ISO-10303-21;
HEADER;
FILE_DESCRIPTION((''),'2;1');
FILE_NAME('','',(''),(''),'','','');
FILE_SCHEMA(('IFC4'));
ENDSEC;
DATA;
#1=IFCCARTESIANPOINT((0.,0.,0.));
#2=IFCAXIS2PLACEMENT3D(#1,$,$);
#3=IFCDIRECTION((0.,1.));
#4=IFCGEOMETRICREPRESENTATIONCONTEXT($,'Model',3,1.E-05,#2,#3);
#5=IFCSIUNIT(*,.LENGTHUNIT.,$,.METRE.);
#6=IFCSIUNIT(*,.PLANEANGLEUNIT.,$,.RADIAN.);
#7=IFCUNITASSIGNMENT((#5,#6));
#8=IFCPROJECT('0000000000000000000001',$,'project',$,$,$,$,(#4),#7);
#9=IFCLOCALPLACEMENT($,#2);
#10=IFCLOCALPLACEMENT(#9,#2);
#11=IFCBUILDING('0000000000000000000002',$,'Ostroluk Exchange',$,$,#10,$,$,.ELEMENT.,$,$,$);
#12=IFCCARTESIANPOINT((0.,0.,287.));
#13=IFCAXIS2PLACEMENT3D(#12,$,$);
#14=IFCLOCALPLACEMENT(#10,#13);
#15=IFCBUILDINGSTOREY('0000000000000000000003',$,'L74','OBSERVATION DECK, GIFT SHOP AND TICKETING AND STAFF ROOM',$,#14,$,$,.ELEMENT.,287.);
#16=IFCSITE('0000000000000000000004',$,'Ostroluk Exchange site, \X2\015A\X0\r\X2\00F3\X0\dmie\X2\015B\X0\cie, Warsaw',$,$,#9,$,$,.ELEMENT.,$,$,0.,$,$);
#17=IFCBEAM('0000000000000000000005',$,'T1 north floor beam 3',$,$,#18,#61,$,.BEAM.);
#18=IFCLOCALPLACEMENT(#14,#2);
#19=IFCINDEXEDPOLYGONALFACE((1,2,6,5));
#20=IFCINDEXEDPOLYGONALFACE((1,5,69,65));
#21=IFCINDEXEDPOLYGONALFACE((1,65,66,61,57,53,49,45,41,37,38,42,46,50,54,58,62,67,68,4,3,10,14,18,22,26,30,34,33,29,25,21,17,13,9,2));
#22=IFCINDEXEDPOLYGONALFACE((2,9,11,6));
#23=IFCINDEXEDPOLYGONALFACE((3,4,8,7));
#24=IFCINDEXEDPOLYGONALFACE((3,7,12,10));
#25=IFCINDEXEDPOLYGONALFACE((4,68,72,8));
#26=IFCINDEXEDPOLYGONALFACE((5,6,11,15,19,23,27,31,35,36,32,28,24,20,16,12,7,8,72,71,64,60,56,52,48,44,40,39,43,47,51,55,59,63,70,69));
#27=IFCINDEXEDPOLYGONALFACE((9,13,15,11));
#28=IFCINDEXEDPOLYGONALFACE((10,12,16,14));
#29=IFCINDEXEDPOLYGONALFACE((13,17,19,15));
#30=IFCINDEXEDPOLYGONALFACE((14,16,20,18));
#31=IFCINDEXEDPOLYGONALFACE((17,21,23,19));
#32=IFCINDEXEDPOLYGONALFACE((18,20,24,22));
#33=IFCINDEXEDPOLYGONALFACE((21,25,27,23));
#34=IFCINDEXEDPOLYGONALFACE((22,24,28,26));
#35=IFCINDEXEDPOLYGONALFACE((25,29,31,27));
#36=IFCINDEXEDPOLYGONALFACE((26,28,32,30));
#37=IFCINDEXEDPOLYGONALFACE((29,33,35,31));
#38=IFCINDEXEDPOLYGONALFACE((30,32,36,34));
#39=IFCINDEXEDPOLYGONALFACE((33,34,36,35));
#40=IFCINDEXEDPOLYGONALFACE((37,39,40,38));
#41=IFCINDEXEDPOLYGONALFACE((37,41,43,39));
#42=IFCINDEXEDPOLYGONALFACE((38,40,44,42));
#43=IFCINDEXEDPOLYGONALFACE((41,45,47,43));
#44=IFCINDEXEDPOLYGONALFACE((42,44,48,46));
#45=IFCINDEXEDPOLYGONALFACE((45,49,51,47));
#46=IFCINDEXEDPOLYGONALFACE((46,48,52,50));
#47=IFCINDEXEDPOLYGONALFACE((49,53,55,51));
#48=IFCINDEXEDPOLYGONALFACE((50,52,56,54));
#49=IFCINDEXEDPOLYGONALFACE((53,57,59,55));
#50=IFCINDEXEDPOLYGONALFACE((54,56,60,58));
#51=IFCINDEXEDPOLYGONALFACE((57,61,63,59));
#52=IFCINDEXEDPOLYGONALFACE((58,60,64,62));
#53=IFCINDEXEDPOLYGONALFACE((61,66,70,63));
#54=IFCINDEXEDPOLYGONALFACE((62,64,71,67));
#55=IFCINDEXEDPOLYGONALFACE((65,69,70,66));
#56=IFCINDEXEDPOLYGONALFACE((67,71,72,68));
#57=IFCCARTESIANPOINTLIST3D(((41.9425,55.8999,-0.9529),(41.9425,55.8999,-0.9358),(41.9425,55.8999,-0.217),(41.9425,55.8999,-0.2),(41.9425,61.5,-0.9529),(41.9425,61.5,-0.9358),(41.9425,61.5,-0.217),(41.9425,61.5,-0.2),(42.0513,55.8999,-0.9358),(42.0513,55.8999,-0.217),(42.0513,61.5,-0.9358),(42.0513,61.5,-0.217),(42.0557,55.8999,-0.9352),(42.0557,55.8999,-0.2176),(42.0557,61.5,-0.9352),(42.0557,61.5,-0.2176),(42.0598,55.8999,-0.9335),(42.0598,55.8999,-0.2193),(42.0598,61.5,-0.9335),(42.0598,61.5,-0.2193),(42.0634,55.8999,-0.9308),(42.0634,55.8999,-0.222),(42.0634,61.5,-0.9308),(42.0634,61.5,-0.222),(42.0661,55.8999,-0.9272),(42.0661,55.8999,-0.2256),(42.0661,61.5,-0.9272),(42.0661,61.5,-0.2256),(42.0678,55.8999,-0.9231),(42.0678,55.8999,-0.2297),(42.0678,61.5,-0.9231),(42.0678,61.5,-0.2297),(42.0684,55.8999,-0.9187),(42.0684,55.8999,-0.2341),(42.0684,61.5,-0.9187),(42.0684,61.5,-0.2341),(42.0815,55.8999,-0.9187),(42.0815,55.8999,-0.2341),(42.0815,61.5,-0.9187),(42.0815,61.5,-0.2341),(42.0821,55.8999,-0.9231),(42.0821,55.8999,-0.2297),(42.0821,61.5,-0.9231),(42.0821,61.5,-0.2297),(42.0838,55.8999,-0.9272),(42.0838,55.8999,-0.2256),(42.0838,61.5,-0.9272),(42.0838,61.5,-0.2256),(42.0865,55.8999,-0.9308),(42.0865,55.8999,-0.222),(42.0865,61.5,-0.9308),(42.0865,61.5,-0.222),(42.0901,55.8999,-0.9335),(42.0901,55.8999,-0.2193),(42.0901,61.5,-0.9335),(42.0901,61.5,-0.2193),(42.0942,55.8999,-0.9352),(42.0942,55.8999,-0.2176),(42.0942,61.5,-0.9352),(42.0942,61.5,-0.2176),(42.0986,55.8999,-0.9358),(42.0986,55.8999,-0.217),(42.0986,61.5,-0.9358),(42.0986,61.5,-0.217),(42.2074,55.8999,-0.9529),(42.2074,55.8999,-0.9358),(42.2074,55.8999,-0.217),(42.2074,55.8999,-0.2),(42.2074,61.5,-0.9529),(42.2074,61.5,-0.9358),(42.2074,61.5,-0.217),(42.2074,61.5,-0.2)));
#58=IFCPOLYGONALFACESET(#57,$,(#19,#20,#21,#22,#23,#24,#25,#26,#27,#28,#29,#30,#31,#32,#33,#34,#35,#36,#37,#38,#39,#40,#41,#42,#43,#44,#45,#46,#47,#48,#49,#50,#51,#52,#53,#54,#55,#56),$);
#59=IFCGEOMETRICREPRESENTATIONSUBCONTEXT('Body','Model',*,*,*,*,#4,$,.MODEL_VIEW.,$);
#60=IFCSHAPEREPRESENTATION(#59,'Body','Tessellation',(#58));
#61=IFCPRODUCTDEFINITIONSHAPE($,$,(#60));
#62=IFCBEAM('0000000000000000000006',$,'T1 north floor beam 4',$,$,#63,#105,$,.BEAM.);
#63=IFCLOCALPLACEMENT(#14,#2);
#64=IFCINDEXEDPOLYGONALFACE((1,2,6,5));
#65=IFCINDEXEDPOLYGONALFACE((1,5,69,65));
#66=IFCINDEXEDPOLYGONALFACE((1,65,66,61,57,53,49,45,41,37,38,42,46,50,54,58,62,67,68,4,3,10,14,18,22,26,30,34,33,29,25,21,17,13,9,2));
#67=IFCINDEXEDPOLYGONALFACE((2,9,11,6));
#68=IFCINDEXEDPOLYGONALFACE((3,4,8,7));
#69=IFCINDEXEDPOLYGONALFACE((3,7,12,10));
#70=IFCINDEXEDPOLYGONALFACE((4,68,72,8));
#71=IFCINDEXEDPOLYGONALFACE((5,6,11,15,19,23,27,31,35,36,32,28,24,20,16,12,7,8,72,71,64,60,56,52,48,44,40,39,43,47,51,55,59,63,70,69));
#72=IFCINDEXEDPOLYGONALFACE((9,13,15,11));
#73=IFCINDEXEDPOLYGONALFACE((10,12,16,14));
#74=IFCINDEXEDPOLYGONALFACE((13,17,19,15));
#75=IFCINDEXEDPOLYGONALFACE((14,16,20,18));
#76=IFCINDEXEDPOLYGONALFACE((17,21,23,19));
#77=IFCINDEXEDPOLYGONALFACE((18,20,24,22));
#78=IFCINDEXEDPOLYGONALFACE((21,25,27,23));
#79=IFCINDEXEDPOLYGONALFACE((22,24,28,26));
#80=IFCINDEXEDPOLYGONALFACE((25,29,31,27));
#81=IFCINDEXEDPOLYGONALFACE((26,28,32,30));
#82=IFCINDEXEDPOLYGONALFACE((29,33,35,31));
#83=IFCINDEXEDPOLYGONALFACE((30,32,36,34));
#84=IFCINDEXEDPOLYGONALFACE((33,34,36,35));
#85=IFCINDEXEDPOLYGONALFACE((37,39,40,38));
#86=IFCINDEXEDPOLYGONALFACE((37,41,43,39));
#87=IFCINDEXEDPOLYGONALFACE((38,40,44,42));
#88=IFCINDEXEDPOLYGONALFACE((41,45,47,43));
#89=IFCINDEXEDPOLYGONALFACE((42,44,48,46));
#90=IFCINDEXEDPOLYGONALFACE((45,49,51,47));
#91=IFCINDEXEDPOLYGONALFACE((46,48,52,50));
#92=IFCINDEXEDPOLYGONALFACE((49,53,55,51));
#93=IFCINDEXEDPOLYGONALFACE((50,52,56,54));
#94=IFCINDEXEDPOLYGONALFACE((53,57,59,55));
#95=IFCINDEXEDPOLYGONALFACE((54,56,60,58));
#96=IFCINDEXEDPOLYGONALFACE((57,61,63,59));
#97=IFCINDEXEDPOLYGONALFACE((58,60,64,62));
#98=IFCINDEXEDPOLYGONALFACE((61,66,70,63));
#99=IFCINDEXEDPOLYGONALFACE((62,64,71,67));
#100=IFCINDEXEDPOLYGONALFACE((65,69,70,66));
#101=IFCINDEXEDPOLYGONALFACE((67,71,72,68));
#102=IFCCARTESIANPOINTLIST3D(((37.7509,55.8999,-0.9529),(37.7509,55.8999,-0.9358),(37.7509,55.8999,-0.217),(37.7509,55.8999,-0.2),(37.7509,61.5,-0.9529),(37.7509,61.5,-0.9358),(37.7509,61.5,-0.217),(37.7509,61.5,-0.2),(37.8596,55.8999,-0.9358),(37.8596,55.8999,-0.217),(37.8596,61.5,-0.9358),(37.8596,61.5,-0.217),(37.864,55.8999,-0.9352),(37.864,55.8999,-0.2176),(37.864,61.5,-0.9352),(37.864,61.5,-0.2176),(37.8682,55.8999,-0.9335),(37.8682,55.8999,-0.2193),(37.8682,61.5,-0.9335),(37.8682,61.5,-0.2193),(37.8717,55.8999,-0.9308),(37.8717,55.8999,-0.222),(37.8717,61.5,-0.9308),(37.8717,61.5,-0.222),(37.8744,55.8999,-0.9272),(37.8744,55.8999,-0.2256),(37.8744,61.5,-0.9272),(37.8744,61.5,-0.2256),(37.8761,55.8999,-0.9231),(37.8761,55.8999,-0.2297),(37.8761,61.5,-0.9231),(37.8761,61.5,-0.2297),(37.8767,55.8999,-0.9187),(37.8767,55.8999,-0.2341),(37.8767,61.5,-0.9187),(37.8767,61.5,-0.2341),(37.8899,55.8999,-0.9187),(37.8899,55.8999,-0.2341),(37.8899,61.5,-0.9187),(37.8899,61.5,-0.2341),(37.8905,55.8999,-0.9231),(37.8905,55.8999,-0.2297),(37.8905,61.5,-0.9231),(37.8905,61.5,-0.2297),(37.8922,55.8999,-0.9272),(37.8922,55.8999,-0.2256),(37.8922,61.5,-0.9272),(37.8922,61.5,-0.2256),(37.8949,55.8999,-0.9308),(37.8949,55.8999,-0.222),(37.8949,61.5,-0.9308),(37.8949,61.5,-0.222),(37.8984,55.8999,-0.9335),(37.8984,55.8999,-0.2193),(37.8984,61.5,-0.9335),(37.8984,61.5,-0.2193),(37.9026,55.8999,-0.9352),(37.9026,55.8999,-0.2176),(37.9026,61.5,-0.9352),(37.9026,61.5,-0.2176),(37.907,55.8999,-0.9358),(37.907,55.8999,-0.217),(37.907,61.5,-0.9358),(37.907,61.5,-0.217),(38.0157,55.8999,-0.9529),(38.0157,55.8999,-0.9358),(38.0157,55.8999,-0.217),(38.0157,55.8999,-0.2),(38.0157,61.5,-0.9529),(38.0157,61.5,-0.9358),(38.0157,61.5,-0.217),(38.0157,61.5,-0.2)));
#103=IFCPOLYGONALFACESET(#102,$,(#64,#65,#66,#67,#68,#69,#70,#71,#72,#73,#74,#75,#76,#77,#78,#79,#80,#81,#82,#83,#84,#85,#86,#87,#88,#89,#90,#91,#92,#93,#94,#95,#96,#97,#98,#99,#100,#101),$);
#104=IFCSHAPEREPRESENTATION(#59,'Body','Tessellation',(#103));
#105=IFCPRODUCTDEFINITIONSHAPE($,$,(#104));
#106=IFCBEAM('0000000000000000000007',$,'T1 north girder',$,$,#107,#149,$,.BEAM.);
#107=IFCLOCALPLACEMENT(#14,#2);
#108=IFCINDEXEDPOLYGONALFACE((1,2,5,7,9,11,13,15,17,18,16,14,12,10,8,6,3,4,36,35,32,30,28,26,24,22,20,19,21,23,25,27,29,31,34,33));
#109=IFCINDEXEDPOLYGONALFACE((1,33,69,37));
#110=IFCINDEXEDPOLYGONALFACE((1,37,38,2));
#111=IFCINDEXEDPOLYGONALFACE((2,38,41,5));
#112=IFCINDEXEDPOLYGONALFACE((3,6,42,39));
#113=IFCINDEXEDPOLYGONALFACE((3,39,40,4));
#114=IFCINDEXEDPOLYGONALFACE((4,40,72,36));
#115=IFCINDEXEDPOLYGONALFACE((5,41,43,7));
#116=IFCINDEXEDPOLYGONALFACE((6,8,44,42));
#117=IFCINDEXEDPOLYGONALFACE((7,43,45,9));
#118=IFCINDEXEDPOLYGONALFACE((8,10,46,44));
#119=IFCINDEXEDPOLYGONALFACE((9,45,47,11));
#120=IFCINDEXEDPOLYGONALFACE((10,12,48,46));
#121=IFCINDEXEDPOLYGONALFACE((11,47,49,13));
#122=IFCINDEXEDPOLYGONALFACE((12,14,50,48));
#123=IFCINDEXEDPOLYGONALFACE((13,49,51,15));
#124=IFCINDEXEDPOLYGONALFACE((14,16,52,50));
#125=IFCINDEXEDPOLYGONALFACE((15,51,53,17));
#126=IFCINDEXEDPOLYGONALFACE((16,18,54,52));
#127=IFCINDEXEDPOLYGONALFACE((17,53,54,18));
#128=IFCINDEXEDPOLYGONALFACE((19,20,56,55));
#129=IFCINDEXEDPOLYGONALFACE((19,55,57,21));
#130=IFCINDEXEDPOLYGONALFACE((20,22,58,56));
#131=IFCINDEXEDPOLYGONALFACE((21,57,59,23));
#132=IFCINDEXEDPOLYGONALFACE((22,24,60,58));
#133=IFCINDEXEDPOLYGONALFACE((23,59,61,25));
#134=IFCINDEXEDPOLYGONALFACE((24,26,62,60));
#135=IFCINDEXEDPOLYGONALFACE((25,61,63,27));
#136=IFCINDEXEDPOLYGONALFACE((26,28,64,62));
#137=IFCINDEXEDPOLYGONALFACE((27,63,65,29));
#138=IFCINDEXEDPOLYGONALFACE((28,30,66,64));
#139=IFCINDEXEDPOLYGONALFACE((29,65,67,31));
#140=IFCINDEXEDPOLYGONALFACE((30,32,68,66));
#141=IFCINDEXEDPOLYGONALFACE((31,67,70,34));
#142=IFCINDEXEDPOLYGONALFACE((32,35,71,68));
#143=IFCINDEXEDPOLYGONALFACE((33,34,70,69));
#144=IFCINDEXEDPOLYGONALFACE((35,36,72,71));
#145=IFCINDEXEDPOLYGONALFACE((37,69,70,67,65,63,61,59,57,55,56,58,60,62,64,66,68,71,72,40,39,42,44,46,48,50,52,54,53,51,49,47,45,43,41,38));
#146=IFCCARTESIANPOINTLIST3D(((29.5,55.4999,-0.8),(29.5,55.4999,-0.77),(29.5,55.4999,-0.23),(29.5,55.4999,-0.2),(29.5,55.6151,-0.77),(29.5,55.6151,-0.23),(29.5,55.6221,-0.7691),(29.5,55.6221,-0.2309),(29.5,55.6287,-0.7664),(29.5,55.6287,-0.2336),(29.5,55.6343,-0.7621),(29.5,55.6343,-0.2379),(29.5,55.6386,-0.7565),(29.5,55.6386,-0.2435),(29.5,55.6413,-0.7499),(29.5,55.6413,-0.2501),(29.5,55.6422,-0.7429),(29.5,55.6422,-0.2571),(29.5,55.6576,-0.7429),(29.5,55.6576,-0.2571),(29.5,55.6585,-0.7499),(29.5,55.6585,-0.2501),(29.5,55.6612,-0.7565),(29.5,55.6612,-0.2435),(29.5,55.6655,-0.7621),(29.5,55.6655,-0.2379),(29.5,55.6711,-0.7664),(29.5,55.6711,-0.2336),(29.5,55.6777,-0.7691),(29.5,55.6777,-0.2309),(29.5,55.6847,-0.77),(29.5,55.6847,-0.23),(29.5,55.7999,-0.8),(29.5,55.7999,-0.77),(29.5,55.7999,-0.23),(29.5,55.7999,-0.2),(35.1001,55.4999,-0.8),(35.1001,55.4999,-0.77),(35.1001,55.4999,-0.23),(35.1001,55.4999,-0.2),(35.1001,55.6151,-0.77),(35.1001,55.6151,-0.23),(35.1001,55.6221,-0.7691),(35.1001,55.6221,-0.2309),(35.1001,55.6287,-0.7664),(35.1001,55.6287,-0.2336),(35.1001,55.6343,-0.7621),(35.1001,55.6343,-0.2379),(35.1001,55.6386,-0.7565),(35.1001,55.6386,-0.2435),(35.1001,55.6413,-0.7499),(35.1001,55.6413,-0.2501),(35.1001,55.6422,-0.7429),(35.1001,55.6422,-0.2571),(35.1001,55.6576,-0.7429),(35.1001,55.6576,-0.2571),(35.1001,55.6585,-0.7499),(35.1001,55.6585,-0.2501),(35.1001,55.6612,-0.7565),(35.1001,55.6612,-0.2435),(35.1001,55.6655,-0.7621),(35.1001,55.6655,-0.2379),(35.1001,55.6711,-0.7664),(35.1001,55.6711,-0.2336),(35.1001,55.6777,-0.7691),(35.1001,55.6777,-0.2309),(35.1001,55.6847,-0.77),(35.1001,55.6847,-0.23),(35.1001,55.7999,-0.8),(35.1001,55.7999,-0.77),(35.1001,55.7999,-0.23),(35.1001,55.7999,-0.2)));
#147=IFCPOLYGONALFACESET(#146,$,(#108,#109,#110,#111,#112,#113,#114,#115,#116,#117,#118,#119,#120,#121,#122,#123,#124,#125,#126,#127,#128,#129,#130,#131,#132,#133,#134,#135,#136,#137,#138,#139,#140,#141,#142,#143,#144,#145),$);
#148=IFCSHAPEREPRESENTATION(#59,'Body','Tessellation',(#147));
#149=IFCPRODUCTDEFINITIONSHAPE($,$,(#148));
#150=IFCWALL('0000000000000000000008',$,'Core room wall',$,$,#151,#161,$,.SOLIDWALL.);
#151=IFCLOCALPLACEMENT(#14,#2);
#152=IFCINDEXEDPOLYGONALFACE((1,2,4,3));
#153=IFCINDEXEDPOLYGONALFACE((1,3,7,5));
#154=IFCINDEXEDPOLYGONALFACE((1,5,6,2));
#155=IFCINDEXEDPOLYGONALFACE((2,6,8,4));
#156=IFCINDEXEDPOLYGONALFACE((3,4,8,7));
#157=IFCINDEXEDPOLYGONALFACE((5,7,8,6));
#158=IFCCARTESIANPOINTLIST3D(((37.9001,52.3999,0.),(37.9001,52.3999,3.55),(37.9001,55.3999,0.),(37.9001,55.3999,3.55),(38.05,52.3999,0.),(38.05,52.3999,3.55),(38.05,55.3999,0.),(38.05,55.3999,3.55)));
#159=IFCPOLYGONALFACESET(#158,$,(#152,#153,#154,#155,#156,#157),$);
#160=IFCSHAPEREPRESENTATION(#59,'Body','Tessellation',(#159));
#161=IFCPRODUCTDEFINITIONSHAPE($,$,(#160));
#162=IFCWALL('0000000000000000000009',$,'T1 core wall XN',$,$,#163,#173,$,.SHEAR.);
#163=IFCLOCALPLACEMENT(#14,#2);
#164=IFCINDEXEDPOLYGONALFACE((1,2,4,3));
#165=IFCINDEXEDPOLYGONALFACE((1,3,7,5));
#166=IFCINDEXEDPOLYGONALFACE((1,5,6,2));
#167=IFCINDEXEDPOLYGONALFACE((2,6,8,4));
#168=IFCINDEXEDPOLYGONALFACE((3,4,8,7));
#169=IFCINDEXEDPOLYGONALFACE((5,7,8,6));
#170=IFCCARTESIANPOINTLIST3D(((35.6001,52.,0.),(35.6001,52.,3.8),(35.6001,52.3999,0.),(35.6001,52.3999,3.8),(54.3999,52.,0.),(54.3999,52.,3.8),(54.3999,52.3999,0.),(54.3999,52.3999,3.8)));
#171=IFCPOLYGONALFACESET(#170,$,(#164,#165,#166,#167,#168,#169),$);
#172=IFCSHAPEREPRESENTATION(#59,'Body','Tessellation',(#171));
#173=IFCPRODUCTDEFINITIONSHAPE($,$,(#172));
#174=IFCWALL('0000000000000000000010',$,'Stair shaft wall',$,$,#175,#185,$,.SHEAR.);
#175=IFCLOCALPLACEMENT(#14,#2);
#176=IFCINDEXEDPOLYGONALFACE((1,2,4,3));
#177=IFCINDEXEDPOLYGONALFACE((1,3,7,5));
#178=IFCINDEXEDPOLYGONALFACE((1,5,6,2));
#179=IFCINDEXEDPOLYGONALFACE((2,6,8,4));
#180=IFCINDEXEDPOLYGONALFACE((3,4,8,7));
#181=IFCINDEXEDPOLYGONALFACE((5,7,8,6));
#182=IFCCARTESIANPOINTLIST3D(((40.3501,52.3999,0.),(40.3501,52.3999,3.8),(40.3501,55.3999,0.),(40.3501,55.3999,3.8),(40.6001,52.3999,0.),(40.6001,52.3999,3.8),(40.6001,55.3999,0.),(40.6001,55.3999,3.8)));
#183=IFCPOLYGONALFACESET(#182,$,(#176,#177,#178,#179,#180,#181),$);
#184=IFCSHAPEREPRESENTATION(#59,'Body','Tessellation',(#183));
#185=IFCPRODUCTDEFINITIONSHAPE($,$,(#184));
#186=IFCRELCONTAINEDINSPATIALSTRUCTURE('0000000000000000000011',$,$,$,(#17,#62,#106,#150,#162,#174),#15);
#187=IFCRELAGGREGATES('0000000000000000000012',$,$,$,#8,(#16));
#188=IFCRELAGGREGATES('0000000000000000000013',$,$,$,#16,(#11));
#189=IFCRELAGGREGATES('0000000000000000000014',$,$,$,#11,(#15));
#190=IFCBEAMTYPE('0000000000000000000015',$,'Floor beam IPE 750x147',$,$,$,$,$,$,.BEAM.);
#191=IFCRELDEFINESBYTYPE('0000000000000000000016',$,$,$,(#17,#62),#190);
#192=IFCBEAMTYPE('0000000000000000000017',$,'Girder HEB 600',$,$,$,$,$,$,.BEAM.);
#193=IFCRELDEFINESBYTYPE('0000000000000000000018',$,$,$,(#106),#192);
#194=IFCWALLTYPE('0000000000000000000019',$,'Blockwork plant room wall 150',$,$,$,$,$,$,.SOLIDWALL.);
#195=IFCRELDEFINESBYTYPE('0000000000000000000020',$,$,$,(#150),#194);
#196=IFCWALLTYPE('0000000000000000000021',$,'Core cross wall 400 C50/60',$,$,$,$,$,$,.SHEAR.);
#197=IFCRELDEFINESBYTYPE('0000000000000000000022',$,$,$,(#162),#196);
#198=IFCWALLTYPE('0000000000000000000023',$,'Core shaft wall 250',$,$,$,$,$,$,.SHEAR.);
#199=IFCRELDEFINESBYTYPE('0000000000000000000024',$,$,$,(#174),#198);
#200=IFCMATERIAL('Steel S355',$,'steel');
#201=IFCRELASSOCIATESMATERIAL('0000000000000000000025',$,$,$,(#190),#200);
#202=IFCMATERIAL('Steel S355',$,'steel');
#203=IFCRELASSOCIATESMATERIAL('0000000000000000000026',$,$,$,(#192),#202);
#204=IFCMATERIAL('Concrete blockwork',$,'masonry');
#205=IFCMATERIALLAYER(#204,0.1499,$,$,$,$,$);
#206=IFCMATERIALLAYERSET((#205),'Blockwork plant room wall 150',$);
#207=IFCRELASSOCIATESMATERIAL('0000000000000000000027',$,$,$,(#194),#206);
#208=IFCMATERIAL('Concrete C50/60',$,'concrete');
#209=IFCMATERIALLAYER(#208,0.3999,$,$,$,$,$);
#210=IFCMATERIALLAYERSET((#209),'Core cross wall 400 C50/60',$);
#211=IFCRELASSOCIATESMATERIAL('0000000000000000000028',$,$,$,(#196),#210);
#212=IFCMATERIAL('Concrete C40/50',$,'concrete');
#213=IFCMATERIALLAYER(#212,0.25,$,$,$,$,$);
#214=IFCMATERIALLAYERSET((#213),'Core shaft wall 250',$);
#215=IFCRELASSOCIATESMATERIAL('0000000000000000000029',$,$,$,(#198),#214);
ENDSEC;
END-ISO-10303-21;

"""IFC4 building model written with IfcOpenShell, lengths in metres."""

from ifc_helpers import new_model, si_unit, direction, frame, frame_2d, origin, origin_2d, place, context, subcontext, project, spatial, rectangle, i_section, extrude, material, layer, layer_set, material_profile, profile_set, type_object, element, save


model = new_model("IFC4")

# Units and contexts
model_context = context("Model", 3, precision=1e-05, world=origin(), true_north=direction((0.0, 1.0)))
body_context = subcontext(model_context, "Body", "Model", "MODEL_VIEW")
ifc_project = project(units=[si_unit("LENGTHUNIT", "METRE"), si_unit("PLANEANGLEUNIT", "RADIAN")], contexts=[model_context])

# Site, building, storey
site_placement = place(None, origin())
site = spatial("IfcSite", under=ifc_project, at=site_placement, Name="Ostroluk Exchange site, Śródmieście, Warsaw", CompositionType="ELEMENT", RefElevation=0.0)
building_placement = place(site_placement, origin())
building = spatial("IfcBuilding", under=site, at=building_placement, Name="Ostroluk Exchange", CompositionType="ELEMENT")
storey_placement = place(building_placement, frame((0.0, 0.0, 287.0)))
storey = spatial("IfcBuildingStorey", under=building, at=storey_placement, Name="L74", Description="OBSERVATION DECK, GIFT SHOP AND TICKETING AND STAFF ROOM", CompositionType="ELEMENT", Elevation=287.0)

# Beams
ifc_material_1 = material(Name="Steel S355", Category="steel")
ifc_material_profile_1 = material_profile(ifc_material_1, i_section(OverallWidth=0.2649, OverallDepth=0.7529, WebThickness=0.0132, FlangeThickness=0.0171, FilletRadius=0.0171, at=origin_2d()), Name="IPE 750x147")
ifc_profile_set_1 = profile_set([ifc_material_profile_1], Name="Steel S355")
beam_type_1 = type_object("IfcBeamType", Name="Floor beam IPE 750x147", PredefinedType="BEAM", material=ifc_profile_set_1)
for number, where, z_axis, x_axis, name in (
    (1, (42.075, 55.8999, -0.5764), (0.0, 1.0, 0.0), (-1.0, 0.0, 0.0), "T1 north floor beam 3"),
    (2, (37.8833, 55.8999, -0.5764), (0.0, 1.0, 0.0), (-1.0, 0.0, 0.0), "T1 north floor beam 4"),
):
    element("IfcBeam", number, at=place(storey_placement, frame(where, z_axis=z_axis, x_axis=x_axis)), inside=storey, type_object=beam_type_1, Name=name, PredefinedType="BEAM", context=body_context, shape_type="SweptSolid", body=[
        extrude(i_section(OverallWidth=0.2649, OverallDepth=0.7529, WebThickness=0.0132, FlangeThickness=0.0171, FilletRadius=0.0171, at=origin_2d()), origin(), (0.0, 0.0, 1.0), 5.6001),
    ])
ifc_material_2 = material(Name="Steel S355", Category="steel")
ifc_material_profile_2 = material_profile(ifc_material_2, i_section(OverallWidth=0.3, OverallDepth=0.6001, WebThickness=0.0154, FlangeThickness=0.03, FilletRadius=0.0271, at=origin_2d()), Name="HEB 600")
ifc_profile_set_2 = profile_set([ifc_material_profile_2], Name="Steel S355")
beam_type_2 = type_object("IfcBeamType", Name="Girder HEB 600", PredefinedType="BEAM", material=ifc_profile_set_2)
beam_placement = place(storey_placement, frame((35.1001, 55.6499, -0.5), z_axis=(-1.0, 0.0, 0.0), x_axis=(0.0, -1.0, 0.0)))
element("IfcBeam", 3, at=beam_placement, inside=storey, type_object=beam_type_2, Name="T1 north girder", PredefinedType="BEAM", context=body_context, shape_type="SweptSolid", body=[
    extrude(i_section(OverallWidth=0.3, OverallDepth=0.6001, WebThickness=0.0154, FlangeThickness=0.03, FilletRadius=0.0271, at=origin_2d()), origin(), (0.0, 0.0, 1.0), 5.6001),
])

# Walls
ifc_material_3 = material(Name="Concrete blockwork", Category="masonry")
ifc_layer_1 = layer(ifc_material_3, 0.1499)
ifc_layer_set_1 = layer_set([ifc_layer_1], Name="Blockwork plant room wall 150")
wall_type_1 = type_object("IfcWallType", Name="Blockwork plant room wall 150", PredefinedType="SOLIDWALL", material=ifc_layer_set_1)
wall_1_placement = place(storey_placement, frame((37.9751, 52.3999, 0.0), z_axis=(0.0, 0.0, 1.0), x_axis=(0.0, 1.0, 0.0)))
element("IfcWall", 4, at=wall_1_placement, inside=storey, type_object=wall_type_1, Name="Core room wall", PredefinedType="SOLIDWALL", context=body_context, shape_type="SweptSolid", body=[
    extrude(rectangle(XDim=3.0, YDim=0.1499, at=frame_2d((1.5, 0.0))), origin(), (0.0, 0.0, 1.0), 3.55),
])
ifc_material_4 = material(Name="Concrete C50/60", Category="concrete")
ifc_layer_2 = layer(ifc_material_4, 0.3999)
ifc_layer_set_2 = layer_set([ifc_layer_2], Name="Core cross wall 400 C50/60")
wall_type_2 = type_object("IfcWallType", Name="Core cross wall 400 C50/60", PredefinedType="SHEAR", material=ifc_layer_set_2)
wall_2_placement = place(storey_placement, frame((35.6001, 52.2, 0.0), z_axis=(0.0, 0.0, 1.0), x_axis=(1.0, 0.0, 0.0)))
element("IfcWall", 5, at=wall_2_placement, inside=storey, type_object=wall_type_2, Name="T1 core wall XN", PredefinedType="SHEAR", context=body_context, shape_type="SweptSolid", body=[
    extrude(rectangle(XDim=18.7998, YDim=0.3999, at=frame_2d((9.3999, 0.0))), origin(), (0.0, 0.0, 1.0), 3.8),
])
ifc_material_5 = material(Name="Concrete C40/50", Category="concrete")
ifc_layer_3 = layer(ifc_material_5, 0.25)
ifc_layer_set_3 = layer_set([ifc_layer_3], Name="Core shaft wall 250")
wall_type_3 = type_object("IfcWallType", Name="Core shaft wall 250", PredefinedType="SHEAR", material=ifc_layer_set_3)
wall_3_placement = place(storey_placement, frame((40.4751, 52.3999, 0.0), z_axis=(0.0, 0.0, 1.0), x_axis=(0.0, 1.0, 0.0)))
element("IfcWall", 6, at=wall_3_placement, inside=storey, type_object=wall_type_3, Name="Stair shaft wall", PredefinedType="SHEAR", context=body_context, shape_type="SweptSolid", body=[
    extrude(rectangle(XDim=3.0, YDim=0.25, at=frame_2d((1.5, 0.0))), origin(), (0.0, 0.0, 1.0), 3.8),
])

save(model, "model.ifc")
